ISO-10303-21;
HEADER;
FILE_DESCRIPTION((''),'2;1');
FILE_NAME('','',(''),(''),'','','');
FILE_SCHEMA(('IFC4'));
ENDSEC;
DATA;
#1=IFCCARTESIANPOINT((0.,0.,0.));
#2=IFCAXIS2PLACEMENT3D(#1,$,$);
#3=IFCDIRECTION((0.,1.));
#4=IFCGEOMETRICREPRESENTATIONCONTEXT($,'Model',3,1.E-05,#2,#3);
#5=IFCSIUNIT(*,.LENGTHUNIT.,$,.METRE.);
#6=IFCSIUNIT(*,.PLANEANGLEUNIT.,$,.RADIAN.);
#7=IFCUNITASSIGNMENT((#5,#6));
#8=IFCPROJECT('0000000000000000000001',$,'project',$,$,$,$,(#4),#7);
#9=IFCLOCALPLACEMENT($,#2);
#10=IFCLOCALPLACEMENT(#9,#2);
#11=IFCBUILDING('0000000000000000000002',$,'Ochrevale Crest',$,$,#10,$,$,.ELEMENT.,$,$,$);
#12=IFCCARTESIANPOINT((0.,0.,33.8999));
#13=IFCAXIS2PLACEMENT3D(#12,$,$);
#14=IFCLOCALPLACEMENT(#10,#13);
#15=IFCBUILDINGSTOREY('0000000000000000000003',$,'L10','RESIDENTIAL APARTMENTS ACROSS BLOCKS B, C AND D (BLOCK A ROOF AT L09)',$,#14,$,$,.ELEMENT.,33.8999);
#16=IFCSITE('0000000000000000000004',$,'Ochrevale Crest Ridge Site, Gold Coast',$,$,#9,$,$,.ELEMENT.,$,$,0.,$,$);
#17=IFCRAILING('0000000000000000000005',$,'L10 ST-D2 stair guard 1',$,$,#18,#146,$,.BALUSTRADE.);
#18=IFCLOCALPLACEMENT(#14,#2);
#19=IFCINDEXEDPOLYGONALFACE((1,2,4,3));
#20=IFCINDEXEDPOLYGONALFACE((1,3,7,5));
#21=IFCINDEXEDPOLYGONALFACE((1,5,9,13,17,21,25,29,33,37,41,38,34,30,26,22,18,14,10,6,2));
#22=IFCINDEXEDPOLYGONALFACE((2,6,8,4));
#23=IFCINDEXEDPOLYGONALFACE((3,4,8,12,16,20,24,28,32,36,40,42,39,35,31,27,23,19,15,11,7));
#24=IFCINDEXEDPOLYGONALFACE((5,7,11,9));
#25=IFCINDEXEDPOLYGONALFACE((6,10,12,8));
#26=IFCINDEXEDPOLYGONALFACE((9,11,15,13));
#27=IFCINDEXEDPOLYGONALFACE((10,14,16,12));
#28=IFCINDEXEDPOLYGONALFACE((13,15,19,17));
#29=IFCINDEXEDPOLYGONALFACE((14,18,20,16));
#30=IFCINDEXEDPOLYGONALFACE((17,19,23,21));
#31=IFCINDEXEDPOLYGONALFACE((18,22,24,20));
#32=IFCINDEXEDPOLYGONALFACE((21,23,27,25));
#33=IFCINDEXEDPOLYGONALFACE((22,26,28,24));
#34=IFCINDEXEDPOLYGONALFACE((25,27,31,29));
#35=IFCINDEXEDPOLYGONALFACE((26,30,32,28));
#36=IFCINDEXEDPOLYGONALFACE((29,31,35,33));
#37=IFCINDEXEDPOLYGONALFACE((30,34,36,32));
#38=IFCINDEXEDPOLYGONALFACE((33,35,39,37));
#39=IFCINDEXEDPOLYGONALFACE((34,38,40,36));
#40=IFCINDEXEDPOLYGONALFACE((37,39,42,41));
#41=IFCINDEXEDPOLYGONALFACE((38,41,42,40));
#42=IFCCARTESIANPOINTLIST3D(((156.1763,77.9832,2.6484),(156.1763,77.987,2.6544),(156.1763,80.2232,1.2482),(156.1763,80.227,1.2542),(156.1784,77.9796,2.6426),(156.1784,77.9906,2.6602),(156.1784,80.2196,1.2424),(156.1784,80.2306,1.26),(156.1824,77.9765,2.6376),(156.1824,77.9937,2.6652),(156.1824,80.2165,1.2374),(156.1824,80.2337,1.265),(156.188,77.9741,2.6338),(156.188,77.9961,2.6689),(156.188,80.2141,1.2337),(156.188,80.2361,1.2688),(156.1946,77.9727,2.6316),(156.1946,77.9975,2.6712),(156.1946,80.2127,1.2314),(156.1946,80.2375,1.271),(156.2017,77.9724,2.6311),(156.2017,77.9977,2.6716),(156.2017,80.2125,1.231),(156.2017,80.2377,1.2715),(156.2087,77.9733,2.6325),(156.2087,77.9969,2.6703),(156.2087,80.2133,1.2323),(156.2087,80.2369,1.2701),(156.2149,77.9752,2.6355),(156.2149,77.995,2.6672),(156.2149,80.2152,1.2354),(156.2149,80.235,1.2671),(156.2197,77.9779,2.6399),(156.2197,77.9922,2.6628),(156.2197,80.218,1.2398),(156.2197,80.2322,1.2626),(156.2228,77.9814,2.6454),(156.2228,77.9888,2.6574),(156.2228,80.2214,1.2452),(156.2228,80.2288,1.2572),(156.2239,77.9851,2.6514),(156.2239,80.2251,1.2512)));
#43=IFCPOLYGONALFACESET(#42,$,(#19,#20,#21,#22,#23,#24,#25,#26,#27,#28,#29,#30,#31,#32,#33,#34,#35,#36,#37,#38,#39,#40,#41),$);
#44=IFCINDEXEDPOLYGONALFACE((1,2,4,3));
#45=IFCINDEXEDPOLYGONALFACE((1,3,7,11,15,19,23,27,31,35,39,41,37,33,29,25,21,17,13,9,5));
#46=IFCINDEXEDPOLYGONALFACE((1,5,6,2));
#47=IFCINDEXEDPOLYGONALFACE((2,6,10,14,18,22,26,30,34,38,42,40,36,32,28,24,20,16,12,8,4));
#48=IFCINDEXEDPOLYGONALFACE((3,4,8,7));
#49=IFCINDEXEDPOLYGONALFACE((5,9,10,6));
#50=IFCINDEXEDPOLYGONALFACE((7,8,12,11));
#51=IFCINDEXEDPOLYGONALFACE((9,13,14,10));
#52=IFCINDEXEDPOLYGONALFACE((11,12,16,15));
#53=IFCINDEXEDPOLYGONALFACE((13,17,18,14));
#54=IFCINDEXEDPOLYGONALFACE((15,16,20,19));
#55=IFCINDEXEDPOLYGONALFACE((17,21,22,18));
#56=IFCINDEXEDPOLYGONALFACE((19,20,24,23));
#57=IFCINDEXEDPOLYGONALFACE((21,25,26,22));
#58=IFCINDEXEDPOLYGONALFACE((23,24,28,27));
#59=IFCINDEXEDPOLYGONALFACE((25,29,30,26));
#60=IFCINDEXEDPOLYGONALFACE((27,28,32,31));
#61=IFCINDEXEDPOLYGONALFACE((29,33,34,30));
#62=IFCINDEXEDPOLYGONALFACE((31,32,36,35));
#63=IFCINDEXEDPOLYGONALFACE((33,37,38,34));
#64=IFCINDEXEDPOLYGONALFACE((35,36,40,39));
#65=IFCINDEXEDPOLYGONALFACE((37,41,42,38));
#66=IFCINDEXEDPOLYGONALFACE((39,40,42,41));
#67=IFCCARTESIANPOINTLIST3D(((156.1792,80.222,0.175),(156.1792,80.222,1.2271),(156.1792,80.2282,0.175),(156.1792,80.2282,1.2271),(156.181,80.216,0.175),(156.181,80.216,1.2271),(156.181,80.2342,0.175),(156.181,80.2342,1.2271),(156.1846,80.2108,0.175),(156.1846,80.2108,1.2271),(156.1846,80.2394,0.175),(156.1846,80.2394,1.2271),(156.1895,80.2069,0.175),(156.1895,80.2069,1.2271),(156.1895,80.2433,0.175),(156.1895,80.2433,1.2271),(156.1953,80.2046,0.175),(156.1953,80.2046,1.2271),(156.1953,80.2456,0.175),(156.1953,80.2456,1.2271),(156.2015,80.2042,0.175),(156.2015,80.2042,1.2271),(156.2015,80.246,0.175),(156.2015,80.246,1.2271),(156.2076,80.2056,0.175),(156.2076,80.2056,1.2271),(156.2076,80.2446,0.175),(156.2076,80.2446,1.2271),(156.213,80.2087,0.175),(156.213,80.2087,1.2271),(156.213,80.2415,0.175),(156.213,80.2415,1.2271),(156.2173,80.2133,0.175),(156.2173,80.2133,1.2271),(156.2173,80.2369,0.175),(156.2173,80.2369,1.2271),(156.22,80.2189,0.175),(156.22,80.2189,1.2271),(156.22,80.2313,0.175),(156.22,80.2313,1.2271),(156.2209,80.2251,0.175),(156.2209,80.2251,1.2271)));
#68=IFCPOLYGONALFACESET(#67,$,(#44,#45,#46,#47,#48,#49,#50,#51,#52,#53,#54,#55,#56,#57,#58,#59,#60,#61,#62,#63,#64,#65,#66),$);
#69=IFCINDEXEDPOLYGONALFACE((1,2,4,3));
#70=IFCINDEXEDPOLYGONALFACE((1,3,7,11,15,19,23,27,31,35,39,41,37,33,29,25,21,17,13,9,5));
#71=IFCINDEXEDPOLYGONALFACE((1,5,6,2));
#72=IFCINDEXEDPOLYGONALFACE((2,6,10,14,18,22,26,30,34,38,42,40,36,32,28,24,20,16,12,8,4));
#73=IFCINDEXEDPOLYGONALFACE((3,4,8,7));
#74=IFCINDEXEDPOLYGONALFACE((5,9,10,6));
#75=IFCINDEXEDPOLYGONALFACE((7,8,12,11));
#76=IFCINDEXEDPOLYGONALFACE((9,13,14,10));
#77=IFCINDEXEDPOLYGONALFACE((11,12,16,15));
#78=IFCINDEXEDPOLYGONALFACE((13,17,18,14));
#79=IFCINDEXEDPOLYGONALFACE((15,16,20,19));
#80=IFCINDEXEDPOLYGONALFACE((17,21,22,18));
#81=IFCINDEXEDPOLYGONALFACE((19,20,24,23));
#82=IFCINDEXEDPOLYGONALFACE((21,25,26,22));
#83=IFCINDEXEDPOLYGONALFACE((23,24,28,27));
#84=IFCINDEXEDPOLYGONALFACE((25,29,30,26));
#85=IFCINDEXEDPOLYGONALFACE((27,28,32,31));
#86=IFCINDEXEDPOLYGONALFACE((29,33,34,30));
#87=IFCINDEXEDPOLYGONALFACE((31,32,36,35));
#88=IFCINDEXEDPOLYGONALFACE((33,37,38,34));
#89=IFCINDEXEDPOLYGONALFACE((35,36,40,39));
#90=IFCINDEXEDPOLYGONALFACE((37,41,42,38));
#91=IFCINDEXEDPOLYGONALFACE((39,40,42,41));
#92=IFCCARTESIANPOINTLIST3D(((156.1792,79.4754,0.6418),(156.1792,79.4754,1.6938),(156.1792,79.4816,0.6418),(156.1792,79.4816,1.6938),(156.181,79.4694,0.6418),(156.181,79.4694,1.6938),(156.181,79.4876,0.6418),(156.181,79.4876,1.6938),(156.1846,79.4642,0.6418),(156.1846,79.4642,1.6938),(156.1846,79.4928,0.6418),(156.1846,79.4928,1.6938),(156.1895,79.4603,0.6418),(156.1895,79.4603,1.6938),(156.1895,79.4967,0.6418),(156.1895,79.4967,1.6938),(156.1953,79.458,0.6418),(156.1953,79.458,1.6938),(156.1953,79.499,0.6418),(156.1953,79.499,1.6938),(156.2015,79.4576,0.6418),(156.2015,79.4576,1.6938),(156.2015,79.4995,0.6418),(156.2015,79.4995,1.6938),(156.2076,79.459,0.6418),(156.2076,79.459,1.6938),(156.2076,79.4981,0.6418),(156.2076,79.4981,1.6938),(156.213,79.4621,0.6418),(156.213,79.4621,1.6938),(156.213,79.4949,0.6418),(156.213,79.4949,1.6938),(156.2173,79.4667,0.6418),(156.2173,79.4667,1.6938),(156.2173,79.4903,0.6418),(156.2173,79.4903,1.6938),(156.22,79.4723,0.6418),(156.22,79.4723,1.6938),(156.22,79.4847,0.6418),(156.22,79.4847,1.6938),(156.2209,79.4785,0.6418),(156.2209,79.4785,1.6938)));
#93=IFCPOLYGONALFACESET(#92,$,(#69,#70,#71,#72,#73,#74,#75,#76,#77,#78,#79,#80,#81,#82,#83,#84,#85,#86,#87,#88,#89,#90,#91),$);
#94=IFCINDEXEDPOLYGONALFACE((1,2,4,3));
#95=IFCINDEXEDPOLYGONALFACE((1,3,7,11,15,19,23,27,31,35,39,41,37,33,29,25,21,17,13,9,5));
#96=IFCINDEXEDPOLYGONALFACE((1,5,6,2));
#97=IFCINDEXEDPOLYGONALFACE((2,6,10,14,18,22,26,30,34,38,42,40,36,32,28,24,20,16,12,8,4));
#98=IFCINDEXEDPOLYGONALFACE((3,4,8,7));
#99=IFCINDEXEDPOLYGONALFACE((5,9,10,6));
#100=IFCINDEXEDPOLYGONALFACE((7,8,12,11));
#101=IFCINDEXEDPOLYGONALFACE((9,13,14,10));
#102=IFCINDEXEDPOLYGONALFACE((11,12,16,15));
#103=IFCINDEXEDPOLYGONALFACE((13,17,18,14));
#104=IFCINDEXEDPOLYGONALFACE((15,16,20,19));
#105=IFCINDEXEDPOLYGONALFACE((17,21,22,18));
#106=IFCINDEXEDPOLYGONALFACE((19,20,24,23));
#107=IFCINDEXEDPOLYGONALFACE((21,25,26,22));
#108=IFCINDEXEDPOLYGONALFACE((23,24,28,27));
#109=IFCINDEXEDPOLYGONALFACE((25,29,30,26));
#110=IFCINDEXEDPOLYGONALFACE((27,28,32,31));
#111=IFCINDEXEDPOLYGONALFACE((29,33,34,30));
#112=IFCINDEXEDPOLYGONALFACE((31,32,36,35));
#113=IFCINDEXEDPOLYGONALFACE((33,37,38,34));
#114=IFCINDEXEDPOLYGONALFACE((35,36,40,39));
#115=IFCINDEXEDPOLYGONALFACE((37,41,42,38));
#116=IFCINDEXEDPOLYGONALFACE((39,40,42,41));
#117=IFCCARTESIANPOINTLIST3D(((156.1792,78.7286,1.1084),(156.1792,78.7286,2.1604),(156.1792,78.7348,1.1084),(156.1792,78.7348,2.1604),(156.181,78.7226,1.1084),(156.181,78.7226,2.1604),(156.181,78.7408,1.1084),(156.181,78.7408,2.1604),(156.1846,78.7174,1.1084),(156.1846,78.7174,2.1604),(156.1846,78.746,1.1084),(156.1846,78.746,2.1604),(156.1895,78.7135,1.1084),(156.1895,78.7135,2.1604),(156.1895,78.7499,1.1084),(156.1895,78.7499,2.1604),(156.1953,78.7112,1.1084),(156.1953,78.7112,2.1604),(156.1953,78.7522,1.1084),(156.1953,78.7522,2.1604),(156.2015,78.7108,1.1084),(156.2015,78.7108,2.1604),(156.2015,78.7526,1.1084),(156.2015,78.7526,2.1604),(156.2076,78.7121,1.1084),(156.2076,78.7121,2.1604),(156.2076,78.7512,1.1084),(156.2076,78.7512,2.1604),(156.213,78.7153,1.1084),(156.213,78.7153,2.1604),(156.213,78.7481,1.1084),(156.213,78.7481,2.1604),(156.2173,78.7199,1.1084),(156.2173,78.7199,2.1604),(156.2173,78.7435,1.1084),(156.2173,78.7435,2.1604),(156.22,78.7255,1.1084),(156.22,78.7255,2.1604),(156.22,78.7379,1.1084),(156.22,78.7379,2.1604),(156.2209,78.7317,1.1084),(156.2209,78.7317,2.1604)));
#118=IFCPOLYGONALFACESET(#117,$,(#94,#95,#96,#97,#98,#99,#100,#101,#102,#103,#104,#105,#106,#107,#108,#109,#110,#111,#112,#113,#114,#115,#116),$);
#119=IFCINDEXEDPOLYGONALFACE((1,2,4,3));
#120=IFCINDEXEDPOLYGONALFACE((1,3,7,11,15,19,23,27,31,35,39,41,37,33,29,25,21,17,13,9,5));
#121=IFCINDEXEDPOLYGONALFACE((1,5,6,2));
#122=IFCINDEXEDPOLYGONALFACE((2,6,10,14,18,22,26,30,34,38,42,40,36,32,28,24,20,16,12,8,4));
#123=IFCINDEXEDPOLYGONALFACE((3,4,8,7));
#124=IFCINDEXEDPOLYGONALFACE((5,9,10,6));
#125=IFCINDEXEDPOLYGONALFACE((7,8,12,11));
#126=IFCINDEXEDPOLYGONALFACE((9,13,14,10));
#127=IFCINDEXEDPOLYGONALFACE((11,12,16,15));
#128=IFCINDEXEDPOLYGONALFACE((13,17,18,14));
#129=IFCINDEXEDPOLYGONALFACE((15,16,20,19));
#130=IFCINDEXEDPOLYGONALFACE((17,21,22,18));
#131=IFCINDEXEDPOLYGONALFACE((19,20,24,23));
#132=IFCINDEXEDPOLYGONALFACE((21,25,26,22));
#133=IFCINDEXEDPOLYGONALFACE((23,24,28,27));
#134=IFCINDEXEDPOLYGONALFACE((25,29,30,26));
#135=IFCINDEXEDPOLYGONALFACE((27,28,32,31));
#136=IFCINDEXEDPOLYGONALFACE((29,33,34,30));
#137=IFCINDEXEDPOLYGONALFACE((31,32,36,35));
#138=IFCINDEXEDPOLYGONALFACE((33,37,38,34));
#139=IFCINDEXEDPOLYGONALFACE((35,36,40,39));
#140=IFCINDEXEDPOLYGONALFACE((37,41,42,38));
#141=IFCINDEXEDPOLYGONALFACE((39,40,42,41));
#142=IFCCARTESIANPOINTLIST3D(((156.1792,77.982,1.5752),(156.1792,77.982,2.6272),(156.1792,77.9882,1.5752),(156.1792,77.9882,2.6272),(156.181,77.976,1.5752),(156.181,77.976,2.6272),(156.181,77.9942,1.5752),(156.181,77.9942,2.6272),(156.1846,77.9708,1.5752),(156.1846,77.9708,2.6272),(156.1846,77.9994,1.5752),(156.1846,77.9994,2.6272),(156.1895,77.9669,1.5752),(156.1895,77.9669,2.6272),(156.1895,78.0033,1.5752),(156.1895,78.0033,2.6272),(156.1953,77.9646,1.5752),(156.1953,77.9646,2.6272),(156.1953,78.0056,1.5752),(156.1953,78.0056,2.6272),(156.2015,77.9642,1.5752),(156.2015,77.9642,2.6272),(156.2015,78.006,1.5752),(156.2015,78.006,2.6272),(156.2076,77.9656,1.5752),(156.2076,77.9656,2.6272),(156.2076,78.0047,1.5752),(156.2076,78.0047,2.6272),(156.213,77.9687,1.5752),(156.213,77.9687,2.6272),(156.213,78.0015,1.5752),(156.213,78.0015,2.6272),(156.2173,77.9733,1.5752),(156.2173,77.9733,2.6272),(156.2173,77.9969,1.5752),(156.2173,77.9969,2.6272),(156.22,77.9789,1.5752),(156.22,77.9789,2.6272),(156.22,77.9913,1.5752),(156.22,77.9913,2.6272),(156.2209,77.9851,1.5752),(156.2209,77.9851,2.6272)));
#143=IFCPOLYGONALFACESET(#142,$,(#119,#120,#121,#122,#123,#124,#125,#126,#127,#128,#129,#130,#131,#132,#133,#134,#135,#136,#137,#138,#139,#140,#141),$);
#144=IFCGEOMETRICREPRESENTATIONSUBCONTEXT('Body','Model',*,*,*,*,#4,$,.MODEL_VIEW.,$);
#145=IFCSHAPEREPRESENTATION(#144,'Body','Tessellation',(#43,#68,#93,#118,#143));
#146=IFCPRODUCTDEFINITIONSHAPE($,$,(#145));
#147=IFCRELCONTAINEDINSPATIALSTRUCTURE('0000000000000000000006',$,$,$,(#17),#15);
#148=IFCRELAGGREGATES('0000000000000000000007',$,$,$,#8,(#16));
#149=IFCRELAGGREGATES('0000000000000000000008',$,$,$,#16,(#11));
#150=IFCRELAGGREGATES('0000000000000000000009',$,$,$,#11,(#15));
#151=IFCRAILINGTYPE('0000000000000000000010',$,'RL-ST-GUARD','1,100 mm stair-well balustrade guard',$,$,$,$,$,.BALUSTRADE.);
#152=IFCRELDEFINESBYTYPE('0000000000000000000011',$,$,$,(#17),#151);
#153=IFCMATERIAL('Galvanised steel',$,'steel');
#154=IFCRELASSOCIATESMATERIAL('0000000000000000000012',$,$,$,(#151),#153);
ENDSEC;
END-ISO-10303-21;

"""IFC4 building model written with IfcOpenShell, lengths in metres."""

from ifc_helpers import new_model, si_unit, direction, frame, origin, origin_2d, place, context, subcontext, project, spatial, circle, extrude, material, type_object, element, save


model = new_model("IFC4")

# Units and contexts
model_context = context("Model", 3, precision=1e-05, world=origin(), true_north=direction((0.0, 1.0)))
body_context = subcontext(model_context, "Body", "Model", "MODEL_VIEW")
ifc_project = project(units=[si_unit("LENGTHUNIT", "METRE"), si_unit("PLANEANGLEUNIT", "RADIAN")], contexts=[model_context])

# Site, building, storey
site_placement = place(None, origin())
site = spatial("IfcSite", under=ifc_project, at=site_placement, Name="Ochrevale Crest Ridge Site, Gold Coast", CompositionType="ELEMENT", RefElevation=0.0)
building_placement = place(site_placement, origin())
building = spatial("IfcBuilding", under=site, at=building_placement, Name="Ochrevale Crest", CompositionType="ELEMENT")
storey_placement = place(building_placement, frame((0.0, 0.0, 33.8999)))
storey = spatial("IfcBuildingStorey", under=building, at=storey_placement, Name="L10", Description="RESIDENTIAL APARTMENTS ACROSS BLOCKS B, C AND D (BLOCK A ROOF AT L09)", CompositionType="ELEMENT", Elevation=33.8999)

# Railing
ifc_material_1 = material(Name="Galvanised steel", Category="steel")
railing_type_1 = type_object("IfcRailingType", Name="RL-ST-GUARD", Description="1,100 mm stair-well balustrade guard", PredefinedType="BALUSTRADE", material=ifc_material_1)
railing_1_placement = place(storey_placement, frame((156.2, 80.2251, 0.175)))
element("IfcRailing", 1, at=railing_1_placement, inside=storey, type_object=railing_type_1, Name="L10 ST-D2 stair guard 1", PredefinedType="BALUSTRADE", context=body_context, shape_type="SweptSolid", body=[
    extrude(circle(Radius=0.0239, at=origin_2d()), frame((0.0, 0.0, 1.0762), z_axis=(0.0, -0.847972, 0.53004), x_axis=(1.0, 0.0, 0.0)), (0.0, 0.0, 1.0), 2.6416),
    extrude(circle(Radius=0.021, at=origin_2d()), origin(), (0.0, 0.0, 1.0), 1.052),
    extrude(circle(Radius=0.021, at=origin_2d()), frame((0.0, -0.7466, 0.4668)), (0.0, 0.0, 1.0), 1.052),
    extrude(circle(Radius=0.021, at=origin_2d()), frame((0.0, -1.4934, 0.9333)), (0.0, 0.0, 1.0), 1.052),
    extrude(circle(Radius=0.021, at=origin_2d()), frame((0.0, -2.24, 1.4001)), (0.0, 0.0, 1.0), 1.052),
])

save(model, "model.ifc")
